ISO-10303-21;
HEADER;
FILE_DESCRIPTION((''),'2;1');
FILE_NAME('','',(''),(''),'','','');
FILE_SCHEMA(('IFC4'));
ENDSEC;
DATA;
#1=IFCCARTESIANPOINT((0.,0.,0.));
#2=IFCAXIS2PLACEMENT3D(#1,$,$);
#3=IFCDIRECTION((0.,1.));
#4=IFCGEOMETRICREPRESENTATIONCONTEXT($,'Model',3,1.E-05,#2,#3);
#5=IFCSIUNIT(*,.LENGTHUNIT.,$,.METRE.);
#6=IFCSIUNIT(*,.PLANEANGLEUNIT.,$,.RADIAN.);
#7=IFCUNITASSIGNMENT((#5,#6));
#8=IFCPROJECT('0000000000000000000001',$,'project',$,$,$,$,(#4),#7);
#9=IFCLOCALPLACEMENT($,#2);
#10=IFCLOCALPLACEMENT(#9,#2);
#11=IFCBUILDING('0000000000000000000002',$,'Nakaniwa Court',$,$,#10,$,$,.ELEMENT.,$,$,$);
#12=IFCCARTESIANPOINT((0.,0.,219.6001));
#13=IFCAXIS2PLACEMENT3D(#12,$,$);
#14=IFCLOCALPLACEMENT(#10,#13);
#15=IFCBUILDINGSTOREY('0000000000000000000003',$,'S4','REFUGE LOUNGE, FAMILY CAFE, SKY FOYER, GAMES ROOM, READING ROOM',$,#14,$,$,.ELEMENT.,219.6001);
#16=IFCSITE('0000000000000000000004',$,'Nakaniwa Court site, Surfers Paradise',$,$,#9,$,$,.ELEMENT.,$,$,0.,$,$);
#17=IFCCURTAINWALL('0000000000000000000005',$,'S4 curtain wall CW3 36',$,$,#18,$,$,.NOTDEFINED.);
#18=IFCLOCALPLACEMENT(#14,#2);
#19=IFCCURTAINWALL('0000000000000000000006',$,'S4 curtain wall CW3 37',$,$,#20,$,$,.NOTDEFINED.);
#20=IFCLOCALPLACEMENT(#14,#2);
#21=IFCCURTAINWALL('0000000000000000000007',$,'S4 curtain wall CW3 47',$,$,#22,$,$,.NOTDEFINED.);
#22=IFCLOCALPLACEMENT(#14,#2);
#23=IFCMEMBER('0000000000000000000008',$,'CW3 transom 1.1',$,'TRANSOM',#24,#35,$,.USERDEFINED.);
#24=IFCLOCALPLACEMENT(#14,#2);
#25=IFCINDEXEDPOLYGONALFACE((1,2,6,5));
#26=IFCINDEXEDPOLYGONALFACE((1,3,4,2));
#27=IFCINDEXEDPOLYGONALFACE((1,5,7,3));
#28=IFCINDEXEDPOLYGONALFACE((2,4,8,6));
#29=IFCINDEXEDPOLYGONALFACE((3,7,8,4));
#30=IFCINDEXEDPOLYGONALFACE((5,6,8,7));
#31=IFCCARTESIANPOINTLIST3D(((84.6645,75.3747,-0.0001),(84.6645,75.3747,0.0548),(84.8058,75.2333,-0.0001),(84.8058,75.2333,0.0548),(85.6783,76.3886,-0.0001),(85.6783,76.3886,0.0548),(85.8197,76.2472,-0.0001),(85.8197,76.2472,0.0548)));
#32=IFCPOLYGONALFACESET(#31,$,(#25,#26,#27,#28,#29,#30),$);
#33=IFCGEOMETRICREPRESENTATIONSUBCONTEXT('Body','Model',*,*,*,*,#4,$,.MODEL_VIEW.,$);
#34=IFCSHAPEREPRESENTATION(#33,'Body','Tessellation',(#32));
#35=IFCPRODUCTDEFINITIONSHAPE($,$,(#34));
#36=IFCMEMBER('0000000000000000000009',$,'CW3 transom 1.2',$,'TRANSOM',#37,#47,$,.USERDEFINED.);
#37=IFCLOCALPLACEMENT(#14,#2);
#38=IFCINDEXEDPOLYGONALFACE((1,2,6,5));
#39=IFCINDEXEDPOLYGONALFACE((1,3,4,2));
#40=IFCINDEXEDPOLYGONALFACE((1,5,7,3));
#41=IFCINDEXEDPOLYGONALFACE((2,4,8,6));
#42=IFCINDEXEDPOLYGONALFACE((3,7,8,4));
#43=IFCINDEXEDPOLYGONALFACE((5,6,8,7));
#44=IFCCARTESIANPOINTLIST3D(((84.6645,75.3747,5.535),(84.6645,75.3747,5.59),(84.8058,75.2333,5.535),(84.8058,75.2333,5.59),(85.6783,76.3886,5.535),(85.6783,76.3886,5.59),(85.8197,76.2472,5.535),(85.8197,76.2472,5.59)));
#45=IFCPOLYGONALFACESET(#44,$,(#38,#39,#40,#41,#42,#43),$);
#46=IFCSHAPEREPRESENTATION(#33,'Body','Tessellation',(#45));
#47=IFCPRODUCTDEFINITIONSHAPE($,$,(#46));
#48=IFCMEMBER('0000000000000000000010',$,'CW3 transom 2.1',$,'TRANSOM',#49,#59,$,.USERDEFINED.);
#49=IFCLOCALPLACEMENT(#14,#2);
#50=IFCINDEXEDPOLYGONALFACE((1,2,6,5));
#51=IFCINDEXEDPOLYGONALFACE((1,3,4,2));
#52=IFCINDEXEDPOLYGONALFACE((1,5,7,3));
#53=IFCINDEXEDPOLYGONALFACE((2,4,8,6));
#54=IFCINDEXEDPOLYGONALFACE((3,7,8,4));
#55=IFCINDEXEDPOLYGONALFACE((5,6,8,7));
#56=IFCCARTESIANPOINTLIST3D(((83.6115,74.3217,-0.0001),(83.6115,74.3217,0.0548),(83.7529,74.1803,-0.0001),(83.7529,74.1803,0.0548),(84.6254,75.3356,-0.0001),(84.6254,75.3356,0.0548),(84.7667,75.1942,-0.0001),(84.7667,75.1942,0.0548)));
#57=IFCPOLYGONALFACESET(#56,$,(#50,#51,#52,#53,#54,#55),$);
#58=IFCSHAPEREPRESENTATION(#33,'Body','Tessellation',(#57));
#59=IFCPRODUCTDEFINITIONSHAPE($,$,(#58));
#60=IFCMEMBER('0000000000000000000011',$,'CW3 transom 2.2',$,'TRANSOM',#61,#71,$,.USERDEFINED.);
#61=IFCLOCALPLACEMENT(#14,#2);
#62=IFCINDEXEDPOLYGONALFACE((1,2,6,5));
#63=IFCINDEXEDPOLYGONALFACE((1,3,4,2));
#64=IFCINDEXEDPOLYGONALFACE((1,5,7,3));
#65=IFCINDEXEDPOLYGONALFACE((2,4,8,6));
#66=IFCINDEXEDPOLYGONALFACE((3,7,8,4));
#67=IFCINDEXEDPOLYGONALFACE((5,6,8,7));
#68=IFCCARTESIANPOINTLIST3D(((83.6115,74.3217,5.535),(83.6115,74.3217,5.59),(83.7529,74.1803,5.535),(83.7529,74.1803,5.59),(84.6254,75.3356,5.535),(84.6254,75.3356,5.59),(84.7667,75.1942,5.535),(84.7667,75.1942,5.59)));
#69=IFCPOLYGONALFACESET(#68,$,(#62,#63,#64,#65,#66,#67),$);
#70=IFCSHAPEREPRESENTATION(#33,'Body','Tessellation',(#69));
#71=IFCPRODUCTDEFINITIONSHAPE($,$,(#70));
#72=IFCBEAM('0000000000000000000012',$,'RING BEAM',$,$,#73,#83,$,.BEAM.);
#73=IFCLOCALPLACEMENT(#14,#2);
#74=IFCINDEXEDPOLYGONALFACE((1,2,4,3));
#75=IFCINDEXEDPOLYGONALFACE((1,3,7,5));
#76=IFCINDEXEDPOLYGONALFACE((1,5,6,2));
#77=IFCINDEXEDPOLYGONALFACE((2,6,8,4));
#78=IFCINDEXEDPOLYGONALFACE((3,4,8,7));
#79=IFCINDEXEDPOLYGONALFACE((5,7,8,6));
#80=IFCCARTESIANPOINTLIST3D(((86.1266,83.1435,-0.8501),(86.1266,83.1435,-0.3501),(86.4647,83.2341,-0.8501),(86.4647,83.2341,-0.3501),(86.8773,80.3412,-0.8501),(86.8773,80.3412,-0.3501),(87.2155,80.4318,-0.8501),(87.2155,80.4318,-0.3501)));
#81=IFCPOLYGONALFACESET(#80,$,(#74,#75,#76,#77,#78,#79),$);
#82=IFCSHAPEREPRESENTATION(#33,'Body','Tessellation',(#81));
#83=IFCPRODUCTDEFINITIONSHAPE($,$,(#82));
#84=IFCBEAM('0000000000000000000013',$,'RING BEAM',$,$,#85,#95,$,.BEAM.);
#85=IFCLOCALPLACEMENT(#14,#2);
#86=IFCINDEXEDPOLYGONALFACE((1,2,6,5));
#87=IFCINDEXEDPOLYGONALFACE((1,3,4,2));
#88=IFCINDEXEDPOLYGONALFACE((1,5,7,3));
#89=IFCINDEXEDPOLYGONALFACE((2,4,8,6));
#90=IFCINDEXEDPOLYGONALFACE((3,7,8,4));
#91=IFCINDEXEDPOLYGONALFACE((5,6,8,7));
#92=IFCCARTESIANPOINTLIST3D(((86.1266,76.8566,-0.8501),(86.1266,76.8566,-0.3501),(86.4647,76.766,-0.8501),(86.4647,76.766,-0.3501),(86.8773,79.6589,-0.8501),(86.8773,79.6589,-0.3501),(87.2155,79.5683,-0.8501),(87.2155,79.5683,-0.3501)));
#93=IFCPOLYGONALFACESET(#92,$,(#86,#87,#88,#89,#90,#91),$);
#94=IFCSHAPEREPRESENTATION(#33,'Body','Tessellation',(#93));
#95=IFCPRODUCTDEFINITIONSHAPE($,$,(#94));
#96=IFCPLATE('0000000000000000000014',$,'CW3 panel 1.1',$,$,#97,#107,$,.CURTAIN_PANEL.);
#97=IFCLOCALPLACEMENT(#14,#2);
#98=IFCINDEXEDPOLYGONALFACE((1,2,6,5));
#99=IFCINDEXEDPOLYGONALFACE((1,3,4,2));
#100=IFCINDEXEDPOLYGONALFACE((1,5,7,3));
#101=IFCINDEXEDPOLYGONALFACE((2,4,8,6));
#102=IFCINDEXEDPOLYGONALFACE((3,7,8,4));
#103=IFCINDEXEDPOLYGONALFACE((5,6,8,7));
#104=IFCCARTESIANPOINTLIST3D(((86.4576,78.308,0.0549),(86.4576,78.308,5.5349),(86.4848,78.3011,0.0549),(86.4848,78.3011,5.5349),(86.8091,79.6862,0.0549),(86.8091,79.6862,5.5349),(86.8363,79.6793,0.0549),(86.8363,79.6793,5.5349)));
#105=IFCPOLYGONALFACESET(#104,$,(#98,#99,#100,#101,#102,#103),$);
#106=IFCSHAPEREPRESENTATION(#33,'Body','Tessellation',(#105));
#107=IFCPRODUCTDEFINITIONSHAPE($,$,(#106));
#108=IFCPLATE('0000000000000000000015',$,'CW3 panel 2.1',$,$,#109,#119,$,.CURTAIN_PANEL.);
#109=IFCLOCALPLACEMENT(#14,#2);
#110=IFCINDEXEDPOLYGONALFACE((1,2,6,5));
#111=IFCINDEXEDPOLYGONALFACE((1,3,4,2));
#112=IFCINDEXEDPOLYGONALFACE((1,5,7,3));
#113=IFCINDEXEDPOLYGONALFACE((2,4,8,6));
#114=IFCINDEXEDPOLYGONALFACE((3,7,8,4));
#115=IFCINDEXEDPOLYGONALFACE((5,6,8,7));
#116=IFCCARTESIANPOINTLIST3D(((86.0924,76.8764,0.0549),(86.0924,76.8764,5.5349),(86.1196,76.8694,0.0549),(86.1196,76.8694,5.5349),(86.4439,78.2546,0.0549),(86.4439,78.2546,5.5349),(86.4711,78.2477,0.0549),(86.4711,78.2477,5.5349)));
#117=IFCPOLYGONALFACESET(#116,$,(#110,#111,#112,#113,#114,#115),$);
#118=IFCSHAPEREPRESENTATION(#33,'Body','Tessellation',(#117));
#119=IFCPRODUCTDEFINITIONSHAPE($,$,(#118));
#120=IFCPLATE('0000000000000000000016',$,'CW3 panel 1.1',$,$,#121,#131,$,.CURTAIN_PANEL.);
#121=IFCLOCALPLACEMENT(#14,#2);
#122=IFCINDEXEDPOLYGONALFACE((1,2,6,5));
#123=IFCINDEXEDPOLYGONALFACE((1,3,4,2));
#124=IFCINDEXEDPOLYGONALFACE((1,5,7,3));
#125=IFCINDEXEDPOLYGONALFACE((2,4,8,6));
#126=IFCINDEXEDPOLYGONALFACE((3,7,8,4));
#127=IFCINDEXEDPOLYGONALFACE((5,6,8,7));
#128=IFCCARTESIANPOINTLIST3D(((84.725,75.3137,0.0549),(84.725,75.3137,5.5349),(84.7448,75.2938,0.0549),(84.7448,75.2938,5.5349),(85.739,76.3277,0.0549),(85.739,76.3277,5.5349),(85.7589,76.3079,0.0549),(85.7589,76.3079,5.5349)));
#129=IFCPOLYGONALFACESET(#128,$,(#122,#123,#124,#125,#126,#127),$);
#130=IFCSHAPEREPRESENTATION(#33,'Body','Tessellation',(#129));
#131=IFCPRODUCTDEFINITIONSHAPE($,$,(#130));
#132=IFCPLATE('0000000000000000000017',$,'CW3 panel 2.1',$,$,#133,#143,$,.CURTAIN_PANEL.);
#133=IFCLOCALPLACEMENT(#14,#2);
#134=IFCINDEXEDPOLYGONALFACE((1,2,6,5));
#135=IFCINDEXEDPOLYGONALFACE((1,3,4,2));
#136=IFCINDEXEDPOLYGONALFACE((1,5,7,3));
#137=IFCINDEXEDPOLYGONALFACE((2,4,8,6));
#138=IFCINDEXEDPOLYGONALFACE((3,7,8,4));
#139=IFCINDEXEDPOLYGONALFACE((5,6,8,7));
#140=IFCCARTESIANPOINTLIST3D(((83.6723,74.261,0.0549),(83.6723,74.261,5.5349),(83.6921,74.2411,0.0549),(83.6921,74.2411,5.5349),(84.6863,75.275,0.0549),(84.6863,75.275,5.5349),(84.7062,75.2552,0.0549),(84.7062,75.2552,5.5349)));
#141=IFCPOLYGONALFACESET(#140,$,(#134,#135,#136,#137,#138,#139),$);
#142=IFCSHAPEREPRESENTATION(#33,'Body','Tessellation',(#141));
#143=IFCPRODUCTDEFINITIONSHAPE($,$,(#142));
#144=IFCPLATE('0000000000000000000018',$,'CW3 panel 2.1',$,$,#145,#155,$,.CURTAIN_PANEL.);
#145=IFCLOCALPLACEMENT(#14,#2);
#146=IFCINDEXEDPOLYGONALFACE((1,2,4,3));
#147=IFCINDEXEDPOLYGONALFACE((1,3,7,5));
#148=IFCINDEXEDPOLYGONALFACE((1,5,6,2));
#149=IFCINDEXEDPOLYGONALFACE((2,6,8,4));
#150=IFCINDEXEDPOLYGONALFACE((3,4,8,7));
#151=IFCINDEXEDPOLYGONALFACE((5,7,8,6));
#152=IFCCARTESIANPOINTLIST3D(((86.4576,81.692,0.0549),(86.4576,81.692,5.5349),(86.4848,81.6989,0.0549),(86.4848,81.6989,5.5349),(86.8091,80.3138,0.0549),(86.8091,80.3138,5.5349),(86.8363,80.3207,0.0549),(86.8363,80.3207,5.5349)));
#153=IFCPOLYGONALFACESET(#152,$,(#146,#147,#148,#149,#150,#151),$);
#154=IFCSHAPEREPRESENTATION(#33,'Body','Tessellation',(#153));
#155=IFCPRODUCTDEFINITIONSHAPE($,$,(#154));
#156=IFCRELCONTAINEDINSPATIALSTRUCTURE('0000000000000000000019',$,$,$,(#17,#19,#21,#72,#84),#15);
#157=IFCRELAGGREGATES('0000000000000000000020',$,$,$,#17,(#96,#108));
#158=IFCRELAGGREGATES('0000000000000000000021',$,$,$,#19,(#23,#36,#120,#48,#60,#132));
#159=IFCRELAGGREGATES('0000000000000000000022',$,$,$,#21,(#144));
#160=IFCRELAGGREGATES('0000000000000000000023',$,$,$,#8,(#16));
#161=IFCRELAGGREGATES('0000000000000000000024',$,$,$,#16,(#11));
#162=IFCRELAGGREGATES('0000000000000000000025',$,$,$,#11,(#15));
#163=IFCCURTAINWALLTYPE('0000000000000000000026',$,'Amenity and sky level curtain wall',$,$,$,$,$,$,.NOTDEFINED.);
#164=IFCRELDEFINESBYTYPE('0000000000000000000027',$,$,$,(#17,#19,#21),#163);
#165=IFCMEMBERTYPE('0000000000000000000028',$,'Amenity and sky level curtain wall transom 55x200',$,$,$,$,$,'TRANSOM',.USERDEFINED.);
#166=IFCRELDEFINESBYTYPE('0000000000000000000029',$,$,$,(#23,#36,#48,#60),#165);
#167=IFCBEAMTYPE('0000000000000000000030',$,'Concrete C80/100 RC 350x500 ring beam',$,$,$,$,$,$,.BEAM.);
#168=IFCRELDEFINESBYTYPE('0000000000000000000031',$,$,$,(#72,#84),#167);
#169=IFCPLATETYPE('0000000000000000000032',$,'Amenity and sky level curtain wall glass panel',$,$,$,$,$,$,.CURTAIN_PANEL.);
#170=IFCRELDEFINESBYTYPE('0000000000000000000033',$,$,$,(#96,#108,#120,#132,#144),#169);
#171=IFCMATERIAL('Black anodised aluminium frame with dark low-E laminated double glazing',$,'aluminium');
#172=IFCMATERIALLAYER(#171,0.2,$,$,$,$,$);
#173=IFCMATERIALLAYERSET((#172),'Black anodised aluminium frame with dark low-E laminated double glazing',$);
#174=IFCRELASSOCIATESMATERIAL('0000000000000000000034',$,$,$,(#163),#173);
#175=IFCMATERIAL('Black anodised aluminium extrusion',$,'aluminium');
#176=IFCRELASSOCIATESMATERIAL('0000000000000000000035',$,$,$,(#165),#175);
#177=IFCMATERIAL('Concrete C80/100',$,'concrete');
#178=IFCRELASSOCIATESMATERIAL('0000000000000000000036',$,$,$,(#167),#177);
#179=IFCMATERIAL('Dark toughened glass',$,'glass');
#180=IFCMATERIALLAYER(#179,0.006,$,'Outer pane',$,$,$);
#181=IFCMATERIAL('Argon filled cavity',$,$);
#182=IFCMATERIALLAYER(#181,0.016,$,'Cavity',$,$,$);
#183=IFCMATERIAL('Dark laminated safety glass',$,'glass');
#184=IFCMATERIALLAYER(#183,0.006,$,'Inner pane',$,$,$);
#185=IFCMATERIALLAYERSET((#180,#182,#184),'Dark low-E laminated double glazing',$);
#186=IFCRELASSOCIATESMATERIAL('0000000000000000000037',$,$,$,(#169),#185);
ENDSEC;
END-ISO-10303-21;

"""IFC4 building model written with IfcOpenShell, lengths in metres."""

from ifc_helpers import new_model, si_unit, direction, frame, origin, origin_2d, place, context, subcontext, project, spatial, rectangle, extrude, material, layer, layer_set, material_profile, profile_set, type_object, element, aggregate, save


model = new_model("IFC4")

# Units and contexts
model_context = context("Model", 3, precision=1e-05, world=origin(), true_north=direction((0.0, 1.0)))
body_context = subcontext(model_context, "Body", "Model", "MODEL_VIEW")
ifc_project = project(units=[si_unit("LENGTHUNIT", "METRE"), si_unit("PLANEANGLEUNIT", "RADIAN")], contexts=[model_context])

# Site, building, storey
site_placement = place(None, origin())
site = spatial("IfcSite", under=ifc_project, at=site_placement, Name="Nakaniwa Court site, Surfers Paradise", CompositionType="ELEMENT", RefElevation=0.0)
building_placement = place(site_placement, origin())
building = spatial("IfcBuilding", under=site, at=building_placement, Name="Nakaniwa Court", CompositionType="ELEMENT")
storey_placement = place(building_placement, frame((0.0, 0.0, 219.6001)))
storey = spatial("IfcBuildingStorey", under=building, at=storey_placement, Name="S4", Description="REFUGE LOUNGE, FAMILY CAFE, SKY FOYER, GAMES ROOM, READING ROOM", CompositionType="ELEMENT", Elevation=219.6001)

# Shared definitions
ifc_material_1 = material(Name="Concrete C80/100", Category="concrete")

# Curtain walls
ifc_material_2 = material(Name="Black anodised aluminium frame with dark low-E laminated double glazing", Category="aluminium")
ifc_layer_1 = layer(ifc_material_2, 0.2)
ifc_layer_set_1 = layer_set([ifc_layer_1], Name="Black anodised aluminium frame with dark low-E laminated double glazing")
curtain_wall_type = type_object("IfcCurtainWallType", Name="Amenity and sky level curtain wall", PredefinedType="NOTDEFINED", material=ifc_layer_set_1)
curtain_wall_1_placement = place(storey_placement, origin())
curtain_wall_1 = element("IfcCurtainWall", 1, at=curtain_wall_1_placement, inside=storey, type_object=curtain_wall_type, Name="S4 curtain wall CW3 36", PredefinedType="NOTDEFINED")
ifc_material_3 = material(Name="Black anodised aluminium extrusion", Category="aluminium")
curtain_wall_2_placement = place(storey_placement, origin())
curtain_wall_2 = element("IfcCurtainWall", 2, at=curtain_wall_2_placement, inside=storey, type_object=curtain_wall_type, Name="S4 curtain wall CW3 37", PredefinedType="NOTDEFINED")

# Curtain wall
curtain_wall_3_placement = place(storey_placement, origin())
curtain_wall_3 = element("IfcCurtainWall", 3, at=curtain_wall_3_placement, inside=storey, type_object=curtain_wall_type, Name="S4 curtain wall CW3 47", PredefinedType="NOTDEFINED")

# Members
ifc_material_profile_1 = material_profile(ifc_material_3, rectangle(XDim=0.2, YDim=0.0549, at=origin_2d()), Name="Amenity and sky level curtain wall transom 55x200")
ifc_profile_set_1 = profile_set([ifc_material_profile_1], Name="Black anodised aluminium extrusion")
member_type_1 = type_object("IfcMemberType", Name="Amenity and sky level curtain wall transom 55x200", ElementType="TRANSOM", PredefinedType="USERDEFINED", material=ifc_profile_set_1)
member_1_placement = place(storey_placement, frame((85.749, 76.3179, 0.0273), z_axis=(-0.707107, -0.707107, 0.0), x_axis=(0.707107, -0.707107, 0.0)))
member_1 = element("IfcMember", 4, at=member_1_placement, type_object=member_type_1, Name="CW3 transom 1.1", ObjectType="TRANSOM", PredefinedType="USERDEFINED", context=body_context, shape_type="SweptSolid", body=[
    extrude(rectangle(XDim=0.2, YDim=0.0549, at=origin_2d()), origin(), (0.0, 0.0, 1.0), 1.4338),
])
member_2_placement = place(storey_placement, frame((85.749, 76.3179, 5.5625), z_axis=(-0.707107, -0.707107, 0.0), x_axis=(0.707107, -0.707107, 0.0)))
member_2 = element("IfcMember", 5, at=member_2_placement, type_object=member_type_1, Name="CW3 transom 1.2", ObjectType="TRANSOM", PredefinedType="USERDEFINED", context=body_context, shape_type="SweptSolid", body=[
    extrude(rectangle(XDim=0.2, YDim=0.0549, at=origin_2d()), origin(), (0.0, 0.0, 1.0), 1.4338),
])
member_3_placement = place(storey_placement, frame((84.696, 75.2649, 0.0273), z_axis=(-0.707107, -0.707107, 0.0), x_axis=(0.707107, -0.707107, 0.0)))
member_3 = element("IfcMember", 6, at=member_3_placement, type_object=member_type_1, Name="CW3 transom 2.1", ObjectType="TRANSOM", PredefinedType="USERDEFINED", context=body_context, shape_type="SweptSolid", body=[
    extrude(rectangle(XDim=0.2, YDim=0.0549, at=origin_2d()), origin(), (0.0, 0.0, 1.0), 1.4338),
])
member_4_placement = place(storey_placement, frame((84.696, 75.2649, 5.5625), z_axis=(-0.707107, -0.707107, 0.0), x_axis=(0.707107, -0.707107, 0.0)))
member_4 = element("IfcMember", 7, at=member_4_placement, type_object=member_type_1, Name="CW3 transom 2.2", ObjectType="TRANSOM", PredefinedType="USERDEFINED", context=body_context, shape_type="SweptSolid", body=[
    extrude(rectangle(XDim=0.2, YDim=0.0549, at=origin_2d()), origin(), (0.0, 0.0, 1.0), 1.4338),
])

# Beams
ifc_material_profile_2 = material_profile(ifc_material_1, rectangle(XDim=0.3501, YDim=0.5, at=origin_2d()), Name="Concrete C80/100 RC 350x500 ring beam")
ifc_profile_set_2 = profile_set([ifc_material_profile_2], Name="Concrete C80/100")
beam_type = type_object("IfcBeamType", Name="Concrete C80/100 RC 350x500 ring beam", PredefinedType="BEAM", material=ifc_profile_set_2)
for number, where, z_axis, x_axis, name in (
    (8, (87.0464, 80.3865, -0.6001), (-0.258778, 0.965937, 0.0), (-0.965937, -0.258778, 0.0), "RING BEAM"),
    (9, (86.2957, 76.8113, -0.6001), (0.258778, 0.965937, 0.0), (-0.965937, 0.258778, 0.0), "RING BEAM"),
):
    element("IfcBeam", number, at=place(storey_placement, frame(where, z_axis=z_axis, x_axis=x_axis)), inside=storey, type_object=beam_type, Name=name, PredefinedType="BEAM", context=body_context, shape_type="SweptSolid", body=[
        extrude(rectangle(XDim=0.3501, YDim=0.5, at=origin_2d()), origin(), (0.0, 0.0, 1.0), 2.9011),
    ])

# Plates
ifc_material_4 = material(Name="Dark toughened glass", Category="glass")
ifc_layer_2 = layer(ifc_material_4, 0.006, Name="Outer pane")
ifc_material_5 = material(Name="Argon filled cavity")
ifc_layer_3 = layer(ifc_material_5, 0.016, Name="Cavity")
ifc_material_6 = material(Name="Dark laminated safety glass", Category="glass")
ifc_layer_4 = layer(ifc_material_6, 0.006, Name="Inner pane")
ifc_layer_set_2 = layer_set([ifc_layer_2, ifc_layer_3, ifc_layer_4], Name="Dark low-E laminated double glazing")
plate_type = type_object("IfcPlateType", Name="Amenity and sky level curtain wall glass panel", PredefinedType="CURTAIN_PANEL", material=ifc_layer_set_2)
plate_1_placement = place(storey_placement, frame((86.647, 78.9937, 0.0549), z_axis=(0.0, 0.0, 1.0), x_axis=(-0.247114, -0.968986, 0.0)))
plate_1 = element("IfcPlate", 10, at=plate_1_placement, type_object=plate_type, Name="CW3 panel 1.1", PredefinedType="CURTAIN_PANEL", context=body_context, shape_type="SweptSolid", body=[
    extrude(rectangle(XDim=1.4224, YDim=0.0281, at=origin_2d()), origin(), (0.0, 0.0, 1.0), 5.48),
])
plate_2_placement = place(storey_placement, frame((86.2817, 77.562, 0.0549), z_axis=(0.0, 0.0, 1.0), x_axis=(-0.247114, -0.968986, 0.0)))
plate_2 = element("IfcPlate", 11, at=plate_2_placement, type_object=plate_type, Name="CW3 panel 2.1", PredefinedType="CURTAIN_PANEL", context=body_context, shape_type="SweptSolid", body=[
    extrude(rectangle(XDim=1.4224, YDim=0.0281, at=origin_2d()), origin(), (0.0, 0.0, 1.0), 5.48),
])
aggregate(curtain_wall_1, [plate_1, plate_2])
plate_3_placement = place(storey_placement, frame((85.2419, 75.8108, 0.0549), z_axis=(0.0, 0.0, 1.0), x_axis=(-0.707107, -0.707107, 0.0)))
plate_3 = element("IfcPlate", 12, at=plate_3_placement, type_object=plate_type, Name="CW3 panel 1.1", PredefinedType="CURTAIN_PANEL", context=body_context, shape_type="SweptSolid", body=[
    extrude(rectangle(XDim=1.4341, YDim=0.0281, at=origin_2d()), origin(), (0.0, 0.0, 1.0), 5.48),
])
plate_4_placement = place(storey_placement, frame((84.1892, 74.7581, 0.0549), z_axis=(0.0, 0.0, 1.0), x_axis=(-0.707107, -0.707107, 0.0)))
plate_4 = element("IfcPlate", 13, at=plate_4_placement, type_object=plate_type, Name="CW3 panel 2.1", PredefinedType="CURTAIN_PANEL", context=body_context, shape_type="SweptSolid", body=[
    extrude(rectangle(XDim=1.4341, YDim=0.0281, at=origin_2d()), origin(), (0.0, 0.0, 1.0), 5.48),
])
aggregate(curtain_wall_2, [member_1, member_2, plate_3, member_3, member_4, plate_4])
plate_5_placement = place(storey_placement, frame((86.647, 81.0063, 0.0549), z_axis=(0.0, 0.0, 1.0), x_axis=(0.247114, -0.968986, 0.0)))
plate_5 = element("IfcPlate", 14, at=plate_5_placement, type_object=plate_type, Name="CW3 panel 2.1", PredefinedType="CURTAIN_PANEL", context=body_context, shape_type="SweptSolid", body=[
    extrude(rectangle(XDim=1.4224, YDim=0.0281, at=origin_2d()), origin(), (0.0, 0.0, 1.0), 5.48),
])
aggregate(curtain_wall_3, [plate_5])

save(model, "model.ifc")
